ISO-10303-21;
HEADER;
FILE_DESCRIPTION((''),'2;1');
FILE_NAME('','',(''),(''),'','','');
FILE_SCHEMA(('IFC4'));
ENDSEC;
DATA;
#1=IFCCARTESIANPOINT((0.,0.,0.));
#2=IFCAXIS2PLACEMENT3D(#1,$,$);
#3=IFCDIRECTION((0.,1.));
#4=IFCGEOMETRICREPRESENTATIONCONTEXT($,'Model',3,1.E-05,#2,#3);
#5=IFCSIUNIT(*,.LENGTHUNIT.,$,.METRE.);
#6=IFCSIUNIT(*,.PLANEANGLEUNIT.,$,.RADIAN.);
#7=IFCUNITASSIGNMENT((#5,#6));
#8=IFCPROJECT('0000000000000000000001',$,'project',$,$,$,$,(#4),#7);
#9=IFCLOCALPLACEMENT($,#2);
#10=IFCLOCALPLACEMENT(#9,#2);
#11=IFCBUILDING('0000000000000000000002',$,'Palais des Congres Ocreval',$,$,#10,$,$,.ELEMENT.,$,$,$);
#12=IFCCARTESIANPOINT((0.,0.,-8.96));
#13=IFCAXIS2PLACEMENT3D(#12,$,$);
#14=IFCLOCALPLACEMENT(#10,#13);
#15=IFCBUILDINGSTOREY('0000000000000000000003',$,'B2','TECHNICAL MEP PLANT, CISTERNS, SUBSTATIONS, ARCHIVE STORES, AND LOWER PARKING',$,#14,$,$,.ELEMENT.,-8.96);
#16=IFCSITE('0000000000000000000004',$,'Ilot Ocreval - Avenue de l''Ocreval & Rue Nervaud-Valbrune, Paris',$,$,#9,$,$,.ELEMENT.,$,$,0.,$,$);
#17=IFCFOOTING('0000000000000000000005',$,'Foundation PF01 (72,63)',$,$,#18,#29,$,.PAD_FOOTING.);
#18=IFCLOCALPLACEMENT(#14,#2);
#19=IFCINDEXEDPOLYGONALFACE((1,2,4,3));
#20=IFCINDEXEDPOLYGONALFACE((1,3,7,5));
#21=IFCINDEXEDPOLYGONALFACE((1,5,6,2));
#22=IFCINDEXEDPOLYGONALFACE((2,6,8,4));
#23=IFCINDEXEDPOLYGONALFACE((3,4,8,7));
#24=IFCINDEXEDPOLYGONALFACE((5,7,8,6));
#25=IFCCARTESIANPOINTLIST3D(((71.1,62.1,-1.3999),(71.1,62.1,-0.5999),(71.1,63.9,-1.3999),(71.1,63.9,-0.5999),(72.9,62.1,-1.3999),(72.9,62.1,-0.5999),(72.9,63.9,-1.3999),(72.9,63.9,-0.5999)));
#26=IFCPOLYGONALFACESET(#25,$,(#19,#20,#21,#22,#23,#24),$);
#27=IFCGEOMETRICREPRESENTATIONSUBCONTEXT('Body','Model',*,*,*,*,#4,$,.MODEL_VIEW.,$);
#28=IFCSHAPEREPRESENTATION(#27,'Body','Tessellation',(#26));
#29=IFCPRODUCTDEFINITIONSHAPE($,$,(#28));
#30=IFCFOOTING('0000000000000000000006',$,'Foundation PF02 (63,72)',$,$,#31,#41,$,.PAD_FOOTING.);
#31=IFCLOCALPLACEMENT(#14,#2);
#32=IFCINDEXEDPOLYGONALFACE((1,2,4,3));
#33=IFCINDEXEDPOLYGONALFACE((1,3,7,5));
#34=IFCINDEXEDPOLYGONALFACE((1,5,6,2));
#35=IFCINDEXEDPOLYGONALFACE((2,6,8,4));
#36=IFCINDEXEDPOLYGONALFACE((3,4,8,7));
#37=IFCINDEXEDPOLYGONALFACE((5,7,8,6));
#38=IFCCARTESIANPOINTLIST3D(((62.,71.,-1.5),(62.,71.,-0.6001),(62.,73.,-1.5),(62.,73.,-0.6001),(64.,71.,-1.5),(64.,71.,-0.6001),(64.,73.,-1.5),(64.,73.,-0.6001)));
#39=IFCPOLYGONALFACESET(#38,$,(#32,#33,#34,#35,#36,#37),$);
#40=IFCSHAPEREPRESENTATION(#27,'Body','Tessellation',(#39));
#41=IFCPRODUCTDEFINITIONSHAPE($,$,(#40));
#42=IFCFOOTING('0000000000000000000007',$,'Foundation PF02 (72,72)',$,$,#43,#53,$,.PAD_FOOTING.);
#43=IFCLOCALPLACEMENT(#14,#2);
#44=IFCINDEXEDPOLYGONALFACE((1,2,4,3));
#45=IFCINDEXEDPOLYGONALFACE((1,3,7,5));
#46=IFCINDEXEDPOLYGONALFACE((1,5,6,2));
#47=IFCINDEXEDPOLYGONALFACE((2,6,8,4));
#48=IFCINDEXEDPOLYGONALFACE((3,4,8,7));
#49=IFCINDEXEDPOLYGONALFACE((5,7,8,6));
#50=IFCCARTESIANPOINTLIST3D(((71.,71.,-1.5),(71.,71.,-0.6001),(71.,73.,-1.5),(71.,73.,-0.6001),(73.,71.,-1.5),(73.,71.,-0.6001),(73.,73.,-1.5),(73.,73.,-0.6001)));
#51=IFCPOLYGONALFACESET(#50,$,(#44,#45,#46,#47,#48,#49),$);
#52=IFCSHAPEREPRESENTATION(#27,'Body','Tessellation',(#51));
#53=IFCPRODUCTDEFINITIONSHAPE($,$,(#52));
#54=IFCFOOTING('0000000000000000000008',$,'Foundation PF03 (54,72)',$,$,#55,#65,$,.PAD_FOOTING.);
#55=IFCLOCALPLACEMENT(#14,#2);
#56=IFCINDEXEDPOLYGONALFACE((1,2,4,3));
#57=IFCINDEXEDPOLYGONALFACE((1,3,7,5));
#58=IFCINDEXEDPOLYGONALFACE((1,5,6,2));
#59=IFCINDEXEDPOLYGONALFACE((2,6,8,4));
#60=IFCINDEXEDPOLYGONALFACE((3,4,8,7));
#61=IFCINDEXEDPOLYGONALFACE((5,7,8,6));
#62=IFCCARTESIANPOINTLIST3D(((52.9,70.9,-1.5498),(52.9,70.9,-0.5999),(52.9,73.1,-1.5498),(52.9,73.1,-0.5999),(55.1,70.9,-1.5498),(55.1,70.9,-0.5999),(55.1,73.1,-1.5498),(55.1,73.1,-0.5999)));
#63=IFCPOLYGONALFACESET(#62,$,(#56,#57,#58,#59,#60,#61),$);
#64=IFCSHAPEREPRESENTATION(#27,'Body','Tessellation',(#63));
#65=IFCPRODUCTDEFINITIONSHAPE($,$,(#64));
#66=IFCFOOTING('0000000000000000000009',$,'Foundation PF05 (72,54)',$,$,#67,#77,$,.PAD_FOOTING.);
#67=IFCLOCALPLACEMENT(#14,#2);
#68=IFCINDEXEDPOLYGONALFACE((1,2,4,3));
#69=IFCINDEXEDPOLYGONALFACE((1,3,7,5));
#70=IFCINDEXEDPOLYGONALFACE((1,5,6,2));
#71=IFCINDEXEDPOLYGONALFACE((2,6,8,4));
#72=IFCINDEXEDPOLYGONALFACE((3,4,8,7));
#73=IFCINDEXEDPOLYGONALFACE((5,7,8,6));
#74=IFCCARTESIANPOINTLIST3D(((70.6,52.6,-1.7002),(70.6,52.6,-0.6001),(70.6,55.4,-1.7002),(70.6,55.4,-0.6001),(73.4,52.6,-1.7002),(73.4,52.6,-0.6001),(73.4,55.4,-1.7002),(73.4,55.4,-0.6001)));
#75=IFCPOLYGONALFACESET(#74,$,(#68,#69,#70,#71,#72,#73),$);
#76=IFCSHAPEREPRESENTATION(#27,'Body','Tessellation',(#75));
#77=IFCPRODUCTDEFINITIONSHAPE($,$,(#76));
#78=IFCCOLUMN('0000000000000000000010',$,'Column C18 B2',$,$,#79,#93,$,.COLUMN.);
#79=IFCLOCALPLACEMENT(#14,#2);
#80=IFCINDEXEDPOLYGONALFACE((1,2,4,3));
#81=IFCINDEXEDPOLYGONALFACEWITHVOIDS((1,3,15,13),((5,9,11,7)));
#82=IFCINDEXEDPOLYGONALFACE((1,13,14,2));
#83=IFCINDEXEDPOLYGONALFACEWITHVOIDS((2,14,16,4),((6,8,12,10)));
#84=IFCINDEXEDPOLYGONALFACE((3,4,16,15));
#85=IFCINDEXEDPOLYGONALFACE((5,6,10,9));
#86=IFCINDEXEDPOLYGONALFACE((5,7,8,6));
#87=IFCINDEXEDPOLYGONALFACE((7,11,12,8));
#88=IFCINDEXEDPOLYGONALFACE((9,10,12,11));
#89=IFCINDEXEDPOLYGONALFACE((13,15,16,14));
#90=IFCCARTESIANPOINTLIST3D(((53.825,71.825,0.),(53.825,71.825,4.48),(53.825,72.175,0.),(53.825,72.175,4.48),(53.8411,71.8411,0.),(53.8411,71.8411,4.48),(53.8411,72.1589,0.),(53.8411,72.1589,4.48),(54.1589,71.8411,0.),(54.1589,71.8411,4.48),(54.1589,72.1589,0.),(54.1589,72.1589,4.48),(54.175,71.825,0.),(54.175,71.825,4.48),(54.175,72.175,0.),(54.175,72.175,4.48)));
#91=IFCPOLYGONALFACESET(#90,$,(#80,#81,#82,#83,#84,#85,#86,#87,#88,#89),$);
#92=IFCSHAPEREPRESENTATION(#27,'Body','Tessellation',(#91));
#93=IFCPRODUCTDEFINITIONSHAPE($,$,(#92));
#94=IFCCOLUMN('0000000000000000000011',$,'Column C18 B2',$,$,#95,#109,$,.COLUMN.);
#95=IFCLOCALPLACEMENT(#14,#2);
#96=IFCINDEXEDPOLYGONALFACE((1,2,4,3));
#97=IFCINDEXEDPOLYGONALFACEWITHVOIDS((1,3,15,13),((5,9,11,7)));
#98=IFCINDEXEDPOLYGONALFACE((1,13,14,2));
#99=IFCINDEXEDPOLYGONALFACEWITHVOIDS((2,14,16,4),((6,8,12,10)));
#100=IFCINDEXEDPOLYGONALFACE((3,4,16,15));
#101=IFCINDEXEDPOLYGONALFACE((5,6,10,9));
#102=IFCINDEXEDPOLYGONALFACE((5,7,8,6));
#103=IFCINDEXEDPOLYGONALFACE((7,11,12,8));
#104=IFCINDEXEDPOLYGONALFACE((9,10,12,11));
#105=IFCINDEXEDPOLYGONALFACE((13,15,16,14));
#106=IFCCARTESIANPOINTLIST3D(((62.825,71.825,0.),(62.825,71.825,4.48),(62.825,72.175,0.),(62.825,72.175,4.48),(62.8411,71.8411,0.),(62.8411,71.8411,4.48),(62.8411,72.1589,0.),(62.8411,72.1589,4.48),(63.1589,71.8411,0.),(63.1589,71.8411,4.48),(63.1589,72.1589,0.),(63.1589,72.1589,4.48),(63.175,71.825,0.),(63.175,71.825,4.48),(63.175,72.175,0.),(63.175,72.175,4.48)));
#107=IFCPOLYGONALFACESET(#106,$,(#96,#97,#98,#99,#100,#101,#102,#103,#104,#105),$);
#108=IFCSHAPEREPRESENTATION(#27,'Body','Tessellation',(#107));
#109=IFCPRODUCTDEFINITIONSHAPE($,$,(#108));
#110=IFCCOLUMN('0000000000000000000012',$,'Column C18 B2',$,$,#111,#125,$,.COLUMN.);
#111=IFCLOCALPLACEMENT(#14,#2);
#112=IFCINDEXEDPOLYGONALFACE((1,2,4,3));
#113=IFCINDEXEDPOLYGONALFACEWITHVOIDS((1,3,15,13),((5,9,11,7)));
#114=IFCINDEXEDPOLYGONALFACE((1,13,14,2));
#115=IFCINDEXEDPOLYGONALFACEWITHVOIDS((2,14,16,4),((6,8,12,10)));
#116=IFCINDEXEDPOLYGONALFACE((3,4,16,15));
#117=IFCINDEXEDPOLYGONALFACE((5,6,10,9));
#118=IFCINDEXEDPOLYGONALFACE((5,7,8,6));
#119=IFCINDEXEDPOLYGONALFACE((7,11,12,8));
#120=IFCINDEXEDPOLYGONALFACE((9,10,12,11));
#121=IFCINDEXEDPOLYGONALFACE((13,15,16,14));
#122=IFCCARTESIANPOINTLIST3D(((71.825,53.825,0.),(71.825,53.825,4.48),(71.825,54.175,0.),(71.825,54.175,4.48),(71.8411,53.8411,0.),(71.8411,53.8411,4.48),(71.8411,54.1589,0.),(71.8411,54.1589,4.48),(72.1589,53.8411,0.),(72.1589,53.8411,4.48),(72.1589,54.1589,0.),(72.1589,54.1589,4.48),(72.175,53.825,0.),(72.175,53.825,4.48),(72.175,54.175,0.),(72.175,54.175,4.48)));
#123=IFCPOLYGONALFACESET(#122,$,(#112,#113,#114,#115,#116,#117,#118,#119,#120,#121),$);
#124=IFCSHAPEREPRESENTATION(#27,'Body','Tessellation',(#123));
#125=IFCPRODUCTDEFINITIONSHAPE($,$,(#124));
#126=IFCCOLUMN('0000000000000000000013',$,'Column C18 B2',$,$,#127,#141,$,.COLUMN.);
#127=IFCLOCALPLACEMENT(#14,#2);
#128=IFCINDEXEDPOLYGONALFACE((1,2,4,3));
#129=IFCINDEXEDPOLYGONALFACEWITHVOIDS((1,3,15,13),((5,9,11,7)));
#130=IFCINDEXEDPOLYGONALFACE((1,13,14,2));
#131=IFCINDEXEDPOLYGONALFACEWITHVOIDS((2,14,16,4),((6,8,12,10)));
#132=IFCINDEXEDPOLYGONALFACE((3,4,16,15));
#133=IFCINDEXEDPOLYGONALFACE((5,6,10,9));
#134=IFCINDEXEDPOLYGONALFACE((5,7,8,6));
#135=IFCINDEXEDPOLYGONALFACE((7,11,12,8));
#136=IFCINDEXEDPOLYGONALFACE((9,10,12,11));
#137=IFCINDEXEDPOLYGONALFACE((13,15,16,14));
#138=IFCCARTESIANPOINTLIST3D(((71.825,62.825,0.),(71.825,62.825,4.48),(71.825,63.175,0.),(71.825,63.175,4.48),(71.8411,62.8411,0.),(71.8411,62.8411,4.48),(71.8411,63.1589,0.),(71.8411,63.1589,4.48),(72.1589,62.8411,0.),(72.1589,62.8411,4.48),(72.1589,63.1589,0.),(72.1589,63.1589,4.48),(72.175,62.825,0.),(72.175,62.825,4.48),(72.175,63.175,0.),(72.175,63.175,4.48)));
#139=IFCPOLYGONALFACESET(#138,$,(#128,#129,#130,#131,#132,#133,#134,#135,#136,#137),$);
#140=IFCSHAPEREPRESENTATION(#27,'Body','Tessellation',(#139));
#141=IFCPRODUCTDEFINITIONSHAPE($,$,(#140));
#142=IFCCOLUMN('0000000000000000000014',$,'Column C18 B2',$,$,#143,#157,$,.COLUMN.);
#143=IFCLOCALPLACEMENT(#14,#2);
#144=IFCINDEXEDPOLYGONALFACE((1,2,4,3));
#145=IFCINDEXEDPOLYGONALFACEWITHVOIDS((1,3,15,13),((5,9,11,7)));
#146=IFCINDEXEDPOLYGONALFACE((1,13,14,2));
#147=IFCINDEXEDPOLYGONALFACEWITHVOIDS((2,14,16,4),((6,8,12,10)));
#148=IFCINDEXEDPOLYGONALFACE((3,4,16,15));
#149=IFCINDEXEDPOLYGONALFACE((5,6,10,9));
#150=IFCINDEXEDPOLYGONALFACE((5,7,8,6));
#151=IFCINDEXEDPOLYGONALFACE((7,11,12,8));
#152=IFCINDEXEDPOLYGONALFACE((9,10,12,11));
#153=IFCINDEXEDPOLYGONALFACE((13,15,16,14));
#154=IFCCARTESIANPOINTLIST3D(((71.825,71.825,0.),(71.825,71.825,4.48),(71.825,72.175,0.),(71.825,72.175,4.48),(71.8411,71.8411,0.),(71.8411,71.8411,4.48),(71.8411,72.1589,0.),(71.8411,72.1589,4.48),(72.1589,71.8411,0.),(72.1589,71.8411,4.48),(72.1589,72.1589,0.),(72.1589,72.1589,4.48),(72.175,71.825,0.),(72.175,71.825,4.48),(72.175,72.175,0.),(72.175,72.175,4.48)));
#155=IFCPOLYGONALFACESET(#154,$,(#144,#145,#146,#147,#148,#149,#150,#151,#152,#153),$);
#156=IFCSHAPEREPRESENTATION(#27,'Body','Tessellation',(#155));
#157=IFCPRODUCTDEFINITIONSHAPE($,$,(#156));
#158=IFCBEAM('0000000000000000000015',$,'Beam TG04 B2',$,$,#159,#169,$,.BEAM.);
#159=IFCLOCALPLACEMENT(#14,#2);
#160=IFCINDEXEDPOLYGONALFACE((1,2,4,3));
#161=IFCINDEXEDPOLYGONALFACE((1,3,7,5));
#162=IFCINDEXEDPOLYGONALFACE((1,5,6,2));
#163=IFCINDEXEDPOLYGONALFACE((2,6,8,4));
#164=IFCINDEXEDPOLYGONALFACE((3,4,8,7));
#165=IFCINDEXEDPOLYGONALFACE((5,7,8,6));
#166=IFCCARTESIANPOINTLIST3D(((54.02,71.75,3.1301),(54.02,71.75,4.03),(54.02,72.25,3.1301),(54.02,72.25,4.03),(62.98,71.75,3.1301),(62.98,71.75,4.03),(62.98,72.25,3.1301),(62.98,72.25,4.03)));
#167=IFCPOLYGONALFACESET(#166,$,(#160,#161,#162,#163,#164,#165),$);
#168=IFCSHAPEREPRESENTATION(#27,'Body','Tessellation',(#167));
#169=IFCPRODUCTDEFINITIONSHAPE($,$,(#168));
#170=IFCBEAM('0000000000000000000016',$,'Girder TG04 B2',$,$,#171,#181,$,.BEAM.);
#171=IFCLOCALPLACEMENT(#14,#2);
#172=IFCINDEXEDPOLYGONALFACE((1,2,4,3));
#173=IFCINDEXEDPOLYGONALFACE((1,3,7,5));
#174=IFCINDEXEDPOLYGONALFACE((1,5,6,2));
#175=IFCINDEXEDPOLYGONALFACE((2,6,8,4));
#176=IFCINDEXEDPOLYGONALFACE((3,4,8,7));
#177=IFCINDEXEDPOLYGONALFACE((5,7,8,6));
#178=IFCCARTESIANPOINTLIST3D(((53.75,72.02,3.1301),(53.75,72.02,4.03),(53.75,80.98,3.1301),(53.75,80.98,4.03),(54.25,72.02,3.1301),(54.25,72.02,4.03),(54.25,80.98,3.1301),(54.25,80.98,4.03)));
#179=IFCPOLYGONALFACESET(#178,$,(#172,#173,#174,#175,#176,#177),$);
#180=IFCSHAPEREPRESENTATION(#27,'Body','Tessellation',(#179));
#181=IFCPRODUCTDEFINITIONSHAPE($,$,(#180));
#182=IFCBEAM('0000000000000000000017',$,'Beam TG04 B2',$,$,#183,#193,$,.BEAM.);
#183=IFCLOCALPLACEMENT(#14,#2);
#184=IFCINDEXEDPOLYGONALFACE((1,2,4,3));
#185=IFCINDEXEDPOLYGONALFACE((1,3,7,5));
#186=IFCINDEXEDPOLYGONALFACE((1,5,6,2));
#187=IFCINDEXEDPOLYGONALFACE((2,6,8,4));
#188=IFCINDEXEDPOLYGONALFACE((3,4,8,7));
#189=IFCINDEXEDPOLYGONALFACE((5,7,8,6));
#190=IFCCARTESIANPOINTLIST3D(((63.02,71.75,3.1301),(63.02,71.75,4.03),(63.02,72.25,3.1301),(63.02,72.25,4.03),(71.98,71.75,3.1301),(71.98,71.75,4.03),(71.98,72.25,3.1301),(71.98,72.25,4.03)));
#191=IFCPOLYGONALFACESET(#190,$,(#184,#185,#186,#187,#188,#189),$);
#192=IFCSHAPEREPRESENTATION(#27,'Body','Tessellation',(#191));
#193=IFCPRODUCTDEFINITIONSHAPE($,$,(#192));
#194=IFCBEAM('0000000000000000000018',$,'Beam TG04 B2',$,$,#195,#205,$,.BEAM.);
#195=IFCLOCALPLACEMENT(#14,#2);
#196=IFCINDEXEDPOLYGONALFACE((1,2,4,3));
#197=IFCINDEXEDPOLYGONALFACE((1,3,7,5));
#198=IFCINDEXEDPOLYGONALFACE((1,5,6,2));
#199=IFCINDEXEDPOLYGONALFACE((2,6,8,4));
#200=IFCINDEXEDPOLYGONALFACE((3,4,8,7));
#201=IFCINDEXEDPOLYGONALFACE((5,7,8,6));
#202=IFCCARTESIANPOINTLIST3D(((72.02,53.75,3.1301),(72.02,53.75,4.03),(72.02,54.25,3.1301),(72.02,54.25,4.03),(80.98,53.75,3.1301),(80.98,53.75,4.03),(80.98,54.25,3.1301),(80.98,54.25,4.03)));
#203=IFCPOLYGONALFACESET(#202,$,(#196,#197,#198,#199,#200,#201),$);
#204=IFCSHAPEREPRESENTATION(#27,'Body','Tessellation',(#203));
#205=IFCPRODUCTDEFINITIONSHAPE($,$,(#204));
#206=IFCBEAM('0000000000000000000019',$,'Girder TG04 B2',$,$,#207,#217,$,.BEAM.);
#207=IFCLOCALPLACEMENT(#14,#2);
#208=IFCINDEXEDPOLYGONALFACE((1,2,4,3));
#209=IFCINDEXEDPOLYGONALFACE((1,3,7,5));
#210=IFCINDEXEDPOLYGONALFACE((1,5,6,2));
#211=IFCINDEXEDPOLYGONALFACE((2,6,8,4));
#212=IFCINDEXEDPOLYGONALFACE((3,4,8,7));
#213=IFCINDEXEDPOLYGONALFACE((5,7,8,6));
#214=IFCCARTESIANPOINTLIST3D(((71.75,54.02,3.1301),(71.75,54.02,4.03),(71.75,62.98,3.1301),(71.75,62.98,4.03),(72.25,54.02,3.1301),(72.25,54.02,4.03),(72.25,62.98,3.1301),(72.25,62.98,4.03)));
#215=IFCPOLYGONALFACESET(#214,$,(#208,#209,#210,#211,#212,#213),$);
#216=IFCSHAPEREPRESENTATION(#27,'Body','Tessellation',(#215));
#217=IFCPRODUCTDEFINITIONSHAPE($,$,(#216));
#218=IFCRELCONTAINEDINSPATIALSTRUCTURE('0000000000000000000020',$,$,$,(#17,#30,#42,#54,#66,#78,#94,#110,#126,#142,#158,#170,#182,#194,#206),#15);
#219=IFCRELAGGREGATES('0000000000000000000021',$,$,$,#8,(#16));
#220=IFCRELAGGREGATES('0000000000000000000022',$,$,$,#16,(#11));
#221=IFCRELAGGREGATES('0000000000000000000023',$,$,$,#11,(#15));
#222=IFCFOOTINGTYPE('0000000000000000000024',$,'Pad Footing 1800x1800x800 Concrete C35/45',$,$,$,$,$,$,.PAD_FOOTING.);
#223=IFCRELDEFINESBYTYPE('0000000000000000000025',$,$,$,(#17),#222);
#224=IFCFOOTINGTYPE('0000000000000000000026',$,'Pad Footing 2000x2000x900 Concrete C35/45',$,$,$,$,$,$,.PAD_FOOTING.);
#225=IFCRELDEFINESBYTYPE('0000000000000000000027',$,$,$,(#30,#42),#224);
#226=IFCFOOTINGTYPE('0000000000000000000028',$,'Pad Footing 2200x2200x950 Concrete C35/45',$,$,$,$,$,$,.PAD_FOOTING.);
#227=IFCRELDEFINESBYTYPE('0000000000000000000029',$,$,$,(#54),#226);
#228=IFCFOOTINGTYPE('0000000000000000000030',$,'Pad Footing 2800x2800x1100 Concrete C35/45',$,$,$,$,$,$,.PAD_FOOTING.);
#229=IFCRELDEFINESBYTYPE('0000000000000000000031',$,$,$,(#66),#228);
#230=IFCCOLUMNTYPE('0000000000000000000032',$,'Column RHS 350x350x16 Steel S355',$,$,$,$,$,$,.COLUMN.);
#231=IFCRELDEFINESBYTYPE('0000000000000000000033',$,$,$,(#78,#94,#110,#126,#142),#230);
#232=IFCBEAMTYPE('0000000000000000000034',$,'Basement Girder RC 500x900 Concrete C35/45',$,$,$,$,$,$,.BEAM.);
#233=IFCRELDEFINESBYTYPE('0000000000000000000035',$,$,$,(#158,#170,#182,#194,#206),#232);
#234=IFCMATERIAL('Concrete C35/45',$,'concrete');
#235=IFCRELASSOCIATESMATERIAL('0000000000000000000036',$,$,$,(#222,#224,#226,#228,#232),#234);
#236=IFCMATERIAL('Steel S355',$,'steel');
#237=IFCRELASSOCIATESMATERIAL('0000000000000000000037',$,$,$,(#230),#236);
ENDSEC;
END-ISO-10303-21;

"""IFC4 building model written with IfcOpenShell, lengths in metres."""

from ifc_helpers import new_model, si_unit, direction, frame, origin, origin_2d, place, context, subcontext, project, spatial, rectangle, hollow_rectangle, extrude, material, material_profile, profile_set, type_object, element, save


model = new_model("IFC4")

# Units and contexts
model_context = context("Model", 3, precision=1e-05, world=origin(), true_north=direction((0.0, 1.0)))
body_context = subcontext(model_context, "Body", "Model", "MODEL_VIEW")
ifc_project = project(units=[si_unit("LENGTHUNIT", "METRE"), si_unit("PLANEANGLEUNIT", "RADIAN")], contexts=[model_context])

# Site, building, storey
site_placement = place(None, origin())
site = spatial("IfcSite", under=ifc_project, at=site_placement, Name="Ilot Ocreval - Avenue de l'Ocreval & Rue Nervaud-Valbrune, Paris", CompositionType="ELEMENT", RefElevation=0.0)
building_placement = place(site_placement, origin())
building = spatial("IfcBuilding", under=site, at=building_placement, Name="Palais des Congres Ocreval", CompositionType="ELEMENT")
storey_placement = place(building_placement, frame((0.0, 0.0, -8.96)))
storey = spatial("IfcBuildingStorey", under=building, at=storey_placement, Name="B2", Description="TECHNICAL MEP PLANT, CISTERNS, SUBSTATIONS, ARCHIVE STORES, AND LOWER PARKING", CompositionType="ELEMENT", Elevation=-8.96)

# Footings
ifc_material_1 = material(Name="Concrete C35/45", Category="concrete")
footing_type_1 = type_object("IfcFootingType", Name="Pad Footing 1800x1800x800 Concrete C35/45", PredefinedType="PAD_FOOTING", material=ifc_material_1)
footing_1_placement = place(storey_placement, frame((72.0, 63.0, -1.3999), z_axis=(0.0, 0.0, 1.0), x_axis=(1.0, 0.0, 0.0)))
element("IfcFooting", 1, at=footing_1_placement, inside=storey, type_object=footing_type_1, Name="Foundation PF01 (72,63)", PredefinedType="PAD_FOOTING", context=body_context, shape_type="SweptSolid", body=[
    extrude(rectangle(XDim=1.8, YDim=1.8, at=origin_2d()), origin(), (0.0, 0.0, 1.0), 0.8),
])
footing_type_2 = type_object("IfcFootingType", Name="Pad Footing 2000x2000x900 Concrete C35/45", PredefinedType="PAD_FOOTING", material=ifc_material_1)
for number, where, z_axis, x_axis, name in (
    (2, (63.0, 72.0, -1.5), (0.0, 0.0, 1.0), (1.0, 0.0, 0.0), "Foundation PF02 (63,72)"),
    (3, (72.0, 72.0, -1.5), (0.0, 0.0, 1.0), (1.0, 0.0, 0.0), "Foundation PF02 (72,72)"),
):
    element("IfcFooting", number, at=place(storey_placement, frame(where, z_axis=z_axis, x_axis=x_axis)), inside=storey, type_object=footing_type_2, Name=name, PredefinedType="PAD_FOOTING", context=body_context, shape_type="SweptSolid", body=[
        extrude(rectangle(XDim=2.0, YDim=2.0, at=origin_2d()), origin(), (0.0, 0.0, 1.0), 0.8999),
    ])
footing_type_3 = type_object("IfcFootingType", Name="Pad Footing 2200x2200x950 Concrete C35/45", PredefinedType="PAD_FOOTING", material=ifc_material_1)
footing_2_placement = place(storey_placement, frame((54.0, 72.0, -1.5498), z_axis=(0.0, 0.0, 1.0), x_axis=(1.0, 0.0, 0.0)))
element("IfcFooting", 4, at=footing_2_placement, inside=storey, type_object=footing_type_3, Name="Foundation PF03 (54,72)", PredefinedType="PAD_FOOTING", context=body_context, shape_type="SweptSolid", body=[
    extrude(rectangle(XDim=2.2, YDim=2.2, at=origin_2d()), origin(), (0.0, 0.0, 1.0), 0.95),
])
footing_type_4 = type_object("IfcFootingType", Name="Pad Footing 2800x2800x1100 Concrete C35/45", PredefinedType="PAD_FOOTING", material=ifc_material_1)
footing_3_placement = place(storey_placement, frame((72.0, 54.0, -1.7002), z_axis=(0.0, 0.0, 1.0), x_axis=(1.0, 0.0, 0.0)))
element("IfcFooting", 5, at=footing_3_placement, inside=storey, type_object=footing_type_4, Name="Foundation PF05 (72,54)", PredefinedType="PAD_FOOTING", context=body_context, shape_type="SweptSolid", body=[
    extrude(rectangle(XDim=2.8, YDim=2.8, at=origin_2d()), origin(), (0.0, 0.0, 1.0), 1.1001),
])

# Columns
ifc_material_2 = material(Name="Steel S355", Category="steel")
ifc_material_profile_1 = material_profile(ifc_material_2, hollow_rectangle(XDim=0.3501, YDim=0.3501, WallThickness=0.0161, at=origin_2d()), Name="RHS 350x350x16")
ifc_profile_set_1 = profile_set([ifc_material_profile_1], Name="Steel S355")
column_type = type_object("IfcColumnType", Name="Column RHS 350x350x16 Steel S355", PredefinedType="COLUMN", material=ifc_profile_set_1)
for number, where, z_axis, x_axis, name in (
    (6, (54.0, 72.0, 0.0), (0.0, 0.0, 1.0), (1.0, 0.0, 0.0), "Column C18 B2"),
    (7, (63.0, 72.0, 0.0), (0.0, 0.0, 1.0), (1.0, 0.0, 0.0), "Column C18 B2"),
    (8, (72.0, 54.0, 0.0), (0.0, 0.0, 1.0), (1.0, 0.0, 0.0), "Column C18 B2"),
    (9, (72.0, 63.0, 0.0), (0.0, 0.0, 1.0), (1.0, 0.0, 0.0), "Column C18 B2"),
    (10, (72.0, 72.0, 0.0), (0.0, 0.0, 1.0), (1.0, 0.0, 0.0), "Column C18 B2"),
):
    element("IfcColumn", number, at=place(storey_placement, frame(where, z_axis=z_axis, x_axis=x_axis)), inside=storey, type_object=column_type, Name=name, PredefinedType="COLUMN", context=body_context, shape_type="SweptSolid", body=[
        extrude(hollow_rectangle(XDim=0.3501, YDim=0.3501, WallThickness=0.0161, at=origin_2d()), origin(), (0.0, 0.0, 1.0), 4.48),
    ])

# Beams
ifc_material_profile_2 = material_profile(ifc_material_1, rectangle(XDim=0.5, YDim=0.8999, at=origin_2d()), Name="RC 500x900")
ifc_profile_set_2 = profile_set([ifc_material_profile_2], Name="Concrete C35/45")
beam_type = type_object("IfcBeamType", Name="Basement Girder RC 500x900 Concrete C35/45", PredefinedType="BEAM", material=ifc_profile_set_2)
for number, where, z_axis, x_axis, name in (
    (11, (54.02, 72.0, 3.5801), (1.0, 0.0, 0.0), (0.0, 1.0, 0.0), "Beam TG04 B2"),
    (12, (54.0, 72.02, 3.5801), (0.0, 1.0, 0.0), (-1.0, 0.0, 0.0), "Girder TG04 B2"),
    (13, (63.02, 72.0, 3.5801), (1.0, 0.0, 0.0), (0.0, 1.0, 0.0), "Beam TG04 B2"),
    (14, (72.02, 54.0, 3.5801), (1.0, 0.0, 0.0), (0.0, 1.0, 0.0), "Beam TG04 B2"),
    (15, (72.0, 54.02, 3.5801), (0.0, 1.0, 0.0), (-1.0, 0.0, 0.0), "Girder TG04 B2"),
):
    element("IfcBeam", number, at=place(storey_placement, frame(where, z_axis=z_axis, x_axis=x_axis)), inside=storey, type_object=beam_type, Name=name, PredefinedType="BEAM", context=body_context, shape_type="SweptSolid", body=[
        extrude(rectangle(XDim=0.5, YDim=0.8999, at=origin_2d()), origin(), (0.0, 0.0, 1.0), 8.96),
    ])

save(model, "model.ifc")
